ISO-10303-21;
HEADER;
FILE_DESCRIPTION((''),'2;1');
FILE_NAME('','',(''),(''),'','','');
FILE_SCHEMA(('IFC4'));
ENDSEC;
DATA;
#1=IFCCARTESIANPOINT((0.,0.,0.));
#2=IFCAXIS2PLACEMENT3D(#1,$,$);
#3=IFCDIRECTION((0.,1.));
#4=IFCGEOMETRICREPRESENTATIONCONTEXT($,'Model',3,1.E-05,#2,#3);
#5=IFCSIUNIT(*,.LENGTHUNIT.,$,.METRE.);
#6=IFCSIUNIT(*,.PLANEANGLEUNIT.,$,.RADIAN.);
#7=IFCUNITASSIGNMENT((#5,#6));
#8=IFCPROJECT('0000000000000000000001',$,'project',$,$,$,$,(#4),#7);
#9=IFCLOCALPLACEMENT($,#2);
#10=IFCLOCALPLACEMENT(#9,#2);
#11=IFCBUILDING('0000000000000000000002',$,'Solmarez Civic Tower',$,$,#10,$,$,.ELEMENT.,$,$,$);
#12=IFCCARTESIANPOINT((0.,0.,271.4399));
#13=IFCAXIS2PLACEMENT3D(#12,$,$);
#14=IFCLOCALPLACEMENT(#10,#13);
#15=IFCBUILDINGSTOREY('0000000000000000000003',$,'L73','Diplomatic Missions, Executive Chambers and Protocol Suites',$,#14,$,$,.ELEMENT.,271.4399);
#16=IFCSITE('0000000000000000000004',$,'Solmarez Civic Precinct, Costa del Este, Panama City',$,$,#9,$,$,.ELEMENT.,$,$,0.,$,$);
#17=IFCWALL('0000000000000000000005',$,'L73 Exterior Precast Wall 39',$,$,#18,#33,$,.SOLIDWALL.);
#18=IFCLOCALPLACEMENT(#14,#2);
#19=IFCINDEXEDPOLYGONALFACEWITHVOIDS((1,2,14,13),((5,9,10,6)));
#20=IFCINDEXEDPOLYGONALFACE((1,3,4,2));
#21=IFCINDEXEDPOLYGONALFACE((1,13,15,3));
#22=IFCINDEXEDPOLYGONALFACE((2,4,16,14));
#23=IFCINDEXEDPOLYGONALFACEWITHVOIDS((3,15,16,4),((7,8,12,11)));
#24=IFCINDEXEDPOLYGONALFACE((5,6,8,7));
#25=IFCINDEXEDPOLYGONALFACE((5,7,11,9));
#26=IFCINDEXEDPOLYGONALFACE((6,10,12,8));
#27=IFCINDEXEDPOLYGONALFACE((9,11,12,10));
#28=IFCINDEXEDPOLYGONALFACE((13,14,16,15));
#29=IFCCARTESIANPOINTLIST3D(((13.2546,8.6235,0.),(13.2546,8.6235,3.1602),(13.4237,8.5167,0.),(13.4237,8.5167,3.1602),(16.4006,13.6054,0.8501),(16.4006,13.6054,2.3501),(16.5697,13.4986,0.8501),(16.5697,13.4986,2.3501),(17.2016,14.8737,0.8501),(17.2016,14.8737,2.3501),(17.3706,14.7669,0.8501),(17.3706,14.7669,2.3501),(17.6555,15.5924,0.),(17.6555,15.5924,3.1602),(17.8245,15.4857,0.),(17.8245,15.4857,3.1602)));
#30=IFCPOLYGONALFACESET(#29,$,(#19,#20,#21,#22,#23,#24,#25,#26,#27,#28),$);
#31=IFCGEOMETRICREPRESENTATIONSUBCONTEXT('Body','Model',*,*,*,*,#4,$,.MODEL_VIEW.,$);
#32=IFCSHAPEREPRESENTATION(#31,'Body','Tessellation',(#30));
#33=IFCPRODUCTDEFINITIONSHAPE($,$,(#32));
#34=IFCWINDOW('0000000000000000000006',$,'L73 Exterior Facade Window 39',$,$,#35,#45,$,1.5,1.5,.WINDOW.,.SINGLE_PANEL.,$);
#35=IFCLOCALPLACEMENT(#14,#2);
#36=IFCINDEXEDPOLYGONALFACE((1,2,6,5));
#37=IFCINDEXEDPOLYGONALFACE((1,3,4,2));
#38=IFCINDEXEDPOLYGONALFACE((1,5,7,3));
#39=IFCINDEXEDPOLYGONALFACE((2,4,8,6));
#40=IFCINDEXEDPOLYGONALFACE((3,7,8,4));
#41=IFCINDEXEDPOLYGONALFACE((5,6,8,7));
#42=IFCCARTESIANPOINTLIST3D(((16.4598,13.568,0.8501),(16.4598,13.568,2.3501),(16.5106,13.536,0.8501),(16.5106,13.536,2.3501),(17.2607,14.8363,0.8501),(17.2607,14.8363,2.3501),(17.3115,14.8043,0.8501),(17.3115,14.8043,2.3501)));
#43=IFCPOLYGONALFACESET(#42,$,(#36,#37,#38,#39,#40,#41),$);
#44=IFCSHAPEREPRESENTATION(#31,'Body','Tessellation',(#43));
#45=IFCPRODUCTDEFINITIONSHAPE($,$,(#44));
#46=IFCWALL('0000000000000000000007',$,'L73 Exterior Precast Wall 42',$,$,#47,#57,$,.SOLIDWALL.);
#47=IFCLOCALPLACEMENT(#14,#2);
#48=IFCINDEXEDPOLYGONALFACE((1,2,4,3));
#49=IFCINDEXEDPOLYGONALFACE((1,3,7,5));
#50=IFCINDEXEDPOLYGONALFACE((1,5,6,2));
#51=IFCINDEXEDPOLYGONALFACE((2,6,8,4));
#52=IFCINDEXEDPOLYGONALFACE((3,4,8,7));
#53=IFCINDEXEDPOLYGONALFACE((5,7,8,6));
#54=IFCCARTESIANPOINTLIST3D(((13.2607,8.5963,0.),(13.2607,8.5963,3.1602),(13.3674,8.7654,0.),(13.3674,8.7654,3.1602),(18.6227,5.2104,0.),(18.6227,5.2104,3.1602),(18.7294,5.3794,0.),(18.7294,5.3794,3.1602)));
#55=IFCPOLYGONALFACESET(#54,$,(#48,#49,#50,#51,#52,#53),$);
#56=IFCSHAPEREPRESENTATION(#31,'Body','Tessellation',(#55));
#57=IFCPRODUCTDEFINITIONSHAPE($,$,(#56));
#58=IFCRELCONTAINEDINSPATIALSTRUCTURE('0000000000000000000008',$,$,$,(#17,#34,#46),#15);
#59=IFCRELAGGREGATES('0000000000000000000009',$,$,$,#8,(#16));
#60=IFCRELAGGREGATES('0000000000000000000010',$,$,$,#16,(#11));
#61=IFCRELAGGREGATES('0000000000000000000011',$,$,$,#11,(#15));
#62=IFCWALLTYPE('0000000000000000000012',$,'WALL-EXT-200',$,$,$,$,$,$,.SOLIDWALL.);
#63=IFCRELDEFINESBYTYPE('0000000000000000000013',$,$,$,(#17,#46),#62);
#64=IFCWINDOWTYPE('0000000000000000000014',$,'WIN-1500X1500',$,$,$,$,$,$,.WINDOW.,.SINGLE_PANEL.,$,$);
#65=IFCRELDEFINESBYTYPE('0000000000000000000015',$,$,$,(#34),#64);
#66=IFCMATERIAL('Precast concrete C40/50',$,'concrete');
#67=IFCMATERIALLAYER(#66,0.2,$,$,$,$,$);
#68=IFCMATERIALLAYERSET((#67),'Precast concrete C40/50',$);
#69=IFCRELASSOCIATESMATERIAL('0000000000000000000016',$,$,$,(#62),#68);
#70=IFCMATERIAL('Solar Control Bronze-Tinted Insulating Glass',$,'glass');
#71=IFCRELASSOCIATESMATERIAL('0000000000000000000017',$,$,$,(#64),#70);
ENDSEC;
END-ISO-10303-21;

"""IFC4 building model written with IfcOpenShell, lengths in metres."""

from ifc_helpers import new_model, si_unit, direction, frame, frame_2d, origin, place, context, subcontext, project, spatial, rectangle, extrude, material, layer, layer_set, type_object, element, fill, save


model = new_model("IFC4")

# Units and contexts
model_context = context("Model", 3, precision=1e-05, world=origin(), true_north=direction((0.0, 1.0)))
body_context = subcontext(model_context, "Body", "Model", "MODEL_VIEW")
ifc_project = project(units=[si_unit("LENGTHUNIT", "METRE"), si_unit("PLANEANGLEUNIT", "RADIAN")], contexts=[model_context])

# Site, building, storey
site_placement = place(None, origin())
site = spatial("IfcSite", under=ifc_project, at=site_placement, Name="Solmarez Civic Precinct, Costa del Este, Panama City", CompositionType="ELEMENT", RefElevation=0.0)
building_placement = place(site_placement, origin())
building = spatial("IfcBuilding", under=site, at=building_placement, Name="Solmarez Civic Tower", CompositionType="ELEMENT")
storey_placement = place(building_placement, frame((0.0, 0.0, 271.4399)))
storey = spatial("IfcBuildingStorey", under=building, at=storey_placement, Name="L73", Description="Diplomatic Missions, Executive Chambers and Protocol Suites", CompositionType="ELEMENT", Elevation=271.4399)

# Shared definitions
ifc_material_1 = material(Name="Precast concrete C40/50", Category="concrete")
ifc_layer_1 = layer(ifc_material_1, 0.2)
ifc_layer_set_1 = layer_set([ifc_layer_1], Name="Precast concrete C40/50")
wall_type = type_object("IfcWallType", Name="WALL-EXT-200", PredefinedType="SOLIDWALL", material=ifc_layer_set_1)

# Wall, opening, window
wall_1_placement = place(storey_placement, frame((17.74, 15.5391, 0.0), z_axis=(0.0, 0.0, 1.0), x_axis=(-0.533942, -0.845521, 0.0)))
wall_1 = element("IfcWall", 1, at=wall_1_placement, inside=storey, type_object=wall_type, Name="L73 Exterior Precast Wall 39", PredefinedType="SOLIDWALL", context=body_context, shape_type="SweptSolid", body=[
    extrude(rectangle(XDim=8.2422, YDim=0.2, at=frame_2d((4.1211, 0.0))), origin(), (0.0, 0.0, 1.0), 3.1602),
])
opening_placement = place(wall_1_placement, frame((0.8501, 0.0, 0.8501)))
opening = element("IfcOpeningElement", 2, at=opening_placement, cuts=wall_1, PredefinedType="OPENING", context=body_context, shape_type="SweptSolid", body=[
    extrude(rectangle(XDim=1.5, YDim=1.5, at=frame_2d((0.75, 0.75))), frame((0.0, 0.1099, 0.0), z_axis=(0.0, -1.0, 0.0), x_axis=(1.0, 0.0, 0.0)), (0.0, 0.0, 1.0), 0.22),
])
ifc_material_2 = material(Name="Solar Control Bronze-Tinted Insulating Glass", Category="glass")
window_type = type_object("IfcWindowType", Name="WIN-1500X1500", PartitioningType="SINGLE_PANEL", PredefinedType="WINDOW", material=ifc_material_2)
window_placement = place(opening_placement, origin())
window = element("IfcWindow", 3, at=window_placement, inside=storey, type_object=window_type, Name="L73 Exterior Facade Window 39", OverallHeight=1.5, OverallWidth=1.5, PartitioningType="SINGLE_PANEL", PredefinedType="WINDOW", context=body_context, shape_type="SweptSolid", body=[
    extrude(rectangle(XDim=1.5, YDim=1.5, at=frame_2d((0.75, 0.75))), frame((0.0, 0.03, 0.0), z_axis=(0.0, -1.0, 0.0), x_axis=(1.0, 0.0, 0.0)), (0.0, 0.0, 1.0), 0.0601),
])
fill(opening, window)

# Wall
wall_2_placement = place(storey_placement, frame((13.314, 8.6809, 0.0), z_axis=(0.0, 0.0, 1.0), x_axis=(0.84553, -0.533928, 0.0)))
element("IfcWall", 4, at=wall_2_placement, inside=storey, type_object=wall_type, Name="L73 Exterior Precast Wall 42", PredefinedType="SOLIDWALL", context=body_context, shape_type="SweptSolid", body=[
    extrude(rectangle(XDim=6.3416, YDim=0.2, at=frame_2d((3.1709, 0.0))), origin(), (0.0, 0.0, 1.0), 3.1602),
])

save(model, "model.ifc")
